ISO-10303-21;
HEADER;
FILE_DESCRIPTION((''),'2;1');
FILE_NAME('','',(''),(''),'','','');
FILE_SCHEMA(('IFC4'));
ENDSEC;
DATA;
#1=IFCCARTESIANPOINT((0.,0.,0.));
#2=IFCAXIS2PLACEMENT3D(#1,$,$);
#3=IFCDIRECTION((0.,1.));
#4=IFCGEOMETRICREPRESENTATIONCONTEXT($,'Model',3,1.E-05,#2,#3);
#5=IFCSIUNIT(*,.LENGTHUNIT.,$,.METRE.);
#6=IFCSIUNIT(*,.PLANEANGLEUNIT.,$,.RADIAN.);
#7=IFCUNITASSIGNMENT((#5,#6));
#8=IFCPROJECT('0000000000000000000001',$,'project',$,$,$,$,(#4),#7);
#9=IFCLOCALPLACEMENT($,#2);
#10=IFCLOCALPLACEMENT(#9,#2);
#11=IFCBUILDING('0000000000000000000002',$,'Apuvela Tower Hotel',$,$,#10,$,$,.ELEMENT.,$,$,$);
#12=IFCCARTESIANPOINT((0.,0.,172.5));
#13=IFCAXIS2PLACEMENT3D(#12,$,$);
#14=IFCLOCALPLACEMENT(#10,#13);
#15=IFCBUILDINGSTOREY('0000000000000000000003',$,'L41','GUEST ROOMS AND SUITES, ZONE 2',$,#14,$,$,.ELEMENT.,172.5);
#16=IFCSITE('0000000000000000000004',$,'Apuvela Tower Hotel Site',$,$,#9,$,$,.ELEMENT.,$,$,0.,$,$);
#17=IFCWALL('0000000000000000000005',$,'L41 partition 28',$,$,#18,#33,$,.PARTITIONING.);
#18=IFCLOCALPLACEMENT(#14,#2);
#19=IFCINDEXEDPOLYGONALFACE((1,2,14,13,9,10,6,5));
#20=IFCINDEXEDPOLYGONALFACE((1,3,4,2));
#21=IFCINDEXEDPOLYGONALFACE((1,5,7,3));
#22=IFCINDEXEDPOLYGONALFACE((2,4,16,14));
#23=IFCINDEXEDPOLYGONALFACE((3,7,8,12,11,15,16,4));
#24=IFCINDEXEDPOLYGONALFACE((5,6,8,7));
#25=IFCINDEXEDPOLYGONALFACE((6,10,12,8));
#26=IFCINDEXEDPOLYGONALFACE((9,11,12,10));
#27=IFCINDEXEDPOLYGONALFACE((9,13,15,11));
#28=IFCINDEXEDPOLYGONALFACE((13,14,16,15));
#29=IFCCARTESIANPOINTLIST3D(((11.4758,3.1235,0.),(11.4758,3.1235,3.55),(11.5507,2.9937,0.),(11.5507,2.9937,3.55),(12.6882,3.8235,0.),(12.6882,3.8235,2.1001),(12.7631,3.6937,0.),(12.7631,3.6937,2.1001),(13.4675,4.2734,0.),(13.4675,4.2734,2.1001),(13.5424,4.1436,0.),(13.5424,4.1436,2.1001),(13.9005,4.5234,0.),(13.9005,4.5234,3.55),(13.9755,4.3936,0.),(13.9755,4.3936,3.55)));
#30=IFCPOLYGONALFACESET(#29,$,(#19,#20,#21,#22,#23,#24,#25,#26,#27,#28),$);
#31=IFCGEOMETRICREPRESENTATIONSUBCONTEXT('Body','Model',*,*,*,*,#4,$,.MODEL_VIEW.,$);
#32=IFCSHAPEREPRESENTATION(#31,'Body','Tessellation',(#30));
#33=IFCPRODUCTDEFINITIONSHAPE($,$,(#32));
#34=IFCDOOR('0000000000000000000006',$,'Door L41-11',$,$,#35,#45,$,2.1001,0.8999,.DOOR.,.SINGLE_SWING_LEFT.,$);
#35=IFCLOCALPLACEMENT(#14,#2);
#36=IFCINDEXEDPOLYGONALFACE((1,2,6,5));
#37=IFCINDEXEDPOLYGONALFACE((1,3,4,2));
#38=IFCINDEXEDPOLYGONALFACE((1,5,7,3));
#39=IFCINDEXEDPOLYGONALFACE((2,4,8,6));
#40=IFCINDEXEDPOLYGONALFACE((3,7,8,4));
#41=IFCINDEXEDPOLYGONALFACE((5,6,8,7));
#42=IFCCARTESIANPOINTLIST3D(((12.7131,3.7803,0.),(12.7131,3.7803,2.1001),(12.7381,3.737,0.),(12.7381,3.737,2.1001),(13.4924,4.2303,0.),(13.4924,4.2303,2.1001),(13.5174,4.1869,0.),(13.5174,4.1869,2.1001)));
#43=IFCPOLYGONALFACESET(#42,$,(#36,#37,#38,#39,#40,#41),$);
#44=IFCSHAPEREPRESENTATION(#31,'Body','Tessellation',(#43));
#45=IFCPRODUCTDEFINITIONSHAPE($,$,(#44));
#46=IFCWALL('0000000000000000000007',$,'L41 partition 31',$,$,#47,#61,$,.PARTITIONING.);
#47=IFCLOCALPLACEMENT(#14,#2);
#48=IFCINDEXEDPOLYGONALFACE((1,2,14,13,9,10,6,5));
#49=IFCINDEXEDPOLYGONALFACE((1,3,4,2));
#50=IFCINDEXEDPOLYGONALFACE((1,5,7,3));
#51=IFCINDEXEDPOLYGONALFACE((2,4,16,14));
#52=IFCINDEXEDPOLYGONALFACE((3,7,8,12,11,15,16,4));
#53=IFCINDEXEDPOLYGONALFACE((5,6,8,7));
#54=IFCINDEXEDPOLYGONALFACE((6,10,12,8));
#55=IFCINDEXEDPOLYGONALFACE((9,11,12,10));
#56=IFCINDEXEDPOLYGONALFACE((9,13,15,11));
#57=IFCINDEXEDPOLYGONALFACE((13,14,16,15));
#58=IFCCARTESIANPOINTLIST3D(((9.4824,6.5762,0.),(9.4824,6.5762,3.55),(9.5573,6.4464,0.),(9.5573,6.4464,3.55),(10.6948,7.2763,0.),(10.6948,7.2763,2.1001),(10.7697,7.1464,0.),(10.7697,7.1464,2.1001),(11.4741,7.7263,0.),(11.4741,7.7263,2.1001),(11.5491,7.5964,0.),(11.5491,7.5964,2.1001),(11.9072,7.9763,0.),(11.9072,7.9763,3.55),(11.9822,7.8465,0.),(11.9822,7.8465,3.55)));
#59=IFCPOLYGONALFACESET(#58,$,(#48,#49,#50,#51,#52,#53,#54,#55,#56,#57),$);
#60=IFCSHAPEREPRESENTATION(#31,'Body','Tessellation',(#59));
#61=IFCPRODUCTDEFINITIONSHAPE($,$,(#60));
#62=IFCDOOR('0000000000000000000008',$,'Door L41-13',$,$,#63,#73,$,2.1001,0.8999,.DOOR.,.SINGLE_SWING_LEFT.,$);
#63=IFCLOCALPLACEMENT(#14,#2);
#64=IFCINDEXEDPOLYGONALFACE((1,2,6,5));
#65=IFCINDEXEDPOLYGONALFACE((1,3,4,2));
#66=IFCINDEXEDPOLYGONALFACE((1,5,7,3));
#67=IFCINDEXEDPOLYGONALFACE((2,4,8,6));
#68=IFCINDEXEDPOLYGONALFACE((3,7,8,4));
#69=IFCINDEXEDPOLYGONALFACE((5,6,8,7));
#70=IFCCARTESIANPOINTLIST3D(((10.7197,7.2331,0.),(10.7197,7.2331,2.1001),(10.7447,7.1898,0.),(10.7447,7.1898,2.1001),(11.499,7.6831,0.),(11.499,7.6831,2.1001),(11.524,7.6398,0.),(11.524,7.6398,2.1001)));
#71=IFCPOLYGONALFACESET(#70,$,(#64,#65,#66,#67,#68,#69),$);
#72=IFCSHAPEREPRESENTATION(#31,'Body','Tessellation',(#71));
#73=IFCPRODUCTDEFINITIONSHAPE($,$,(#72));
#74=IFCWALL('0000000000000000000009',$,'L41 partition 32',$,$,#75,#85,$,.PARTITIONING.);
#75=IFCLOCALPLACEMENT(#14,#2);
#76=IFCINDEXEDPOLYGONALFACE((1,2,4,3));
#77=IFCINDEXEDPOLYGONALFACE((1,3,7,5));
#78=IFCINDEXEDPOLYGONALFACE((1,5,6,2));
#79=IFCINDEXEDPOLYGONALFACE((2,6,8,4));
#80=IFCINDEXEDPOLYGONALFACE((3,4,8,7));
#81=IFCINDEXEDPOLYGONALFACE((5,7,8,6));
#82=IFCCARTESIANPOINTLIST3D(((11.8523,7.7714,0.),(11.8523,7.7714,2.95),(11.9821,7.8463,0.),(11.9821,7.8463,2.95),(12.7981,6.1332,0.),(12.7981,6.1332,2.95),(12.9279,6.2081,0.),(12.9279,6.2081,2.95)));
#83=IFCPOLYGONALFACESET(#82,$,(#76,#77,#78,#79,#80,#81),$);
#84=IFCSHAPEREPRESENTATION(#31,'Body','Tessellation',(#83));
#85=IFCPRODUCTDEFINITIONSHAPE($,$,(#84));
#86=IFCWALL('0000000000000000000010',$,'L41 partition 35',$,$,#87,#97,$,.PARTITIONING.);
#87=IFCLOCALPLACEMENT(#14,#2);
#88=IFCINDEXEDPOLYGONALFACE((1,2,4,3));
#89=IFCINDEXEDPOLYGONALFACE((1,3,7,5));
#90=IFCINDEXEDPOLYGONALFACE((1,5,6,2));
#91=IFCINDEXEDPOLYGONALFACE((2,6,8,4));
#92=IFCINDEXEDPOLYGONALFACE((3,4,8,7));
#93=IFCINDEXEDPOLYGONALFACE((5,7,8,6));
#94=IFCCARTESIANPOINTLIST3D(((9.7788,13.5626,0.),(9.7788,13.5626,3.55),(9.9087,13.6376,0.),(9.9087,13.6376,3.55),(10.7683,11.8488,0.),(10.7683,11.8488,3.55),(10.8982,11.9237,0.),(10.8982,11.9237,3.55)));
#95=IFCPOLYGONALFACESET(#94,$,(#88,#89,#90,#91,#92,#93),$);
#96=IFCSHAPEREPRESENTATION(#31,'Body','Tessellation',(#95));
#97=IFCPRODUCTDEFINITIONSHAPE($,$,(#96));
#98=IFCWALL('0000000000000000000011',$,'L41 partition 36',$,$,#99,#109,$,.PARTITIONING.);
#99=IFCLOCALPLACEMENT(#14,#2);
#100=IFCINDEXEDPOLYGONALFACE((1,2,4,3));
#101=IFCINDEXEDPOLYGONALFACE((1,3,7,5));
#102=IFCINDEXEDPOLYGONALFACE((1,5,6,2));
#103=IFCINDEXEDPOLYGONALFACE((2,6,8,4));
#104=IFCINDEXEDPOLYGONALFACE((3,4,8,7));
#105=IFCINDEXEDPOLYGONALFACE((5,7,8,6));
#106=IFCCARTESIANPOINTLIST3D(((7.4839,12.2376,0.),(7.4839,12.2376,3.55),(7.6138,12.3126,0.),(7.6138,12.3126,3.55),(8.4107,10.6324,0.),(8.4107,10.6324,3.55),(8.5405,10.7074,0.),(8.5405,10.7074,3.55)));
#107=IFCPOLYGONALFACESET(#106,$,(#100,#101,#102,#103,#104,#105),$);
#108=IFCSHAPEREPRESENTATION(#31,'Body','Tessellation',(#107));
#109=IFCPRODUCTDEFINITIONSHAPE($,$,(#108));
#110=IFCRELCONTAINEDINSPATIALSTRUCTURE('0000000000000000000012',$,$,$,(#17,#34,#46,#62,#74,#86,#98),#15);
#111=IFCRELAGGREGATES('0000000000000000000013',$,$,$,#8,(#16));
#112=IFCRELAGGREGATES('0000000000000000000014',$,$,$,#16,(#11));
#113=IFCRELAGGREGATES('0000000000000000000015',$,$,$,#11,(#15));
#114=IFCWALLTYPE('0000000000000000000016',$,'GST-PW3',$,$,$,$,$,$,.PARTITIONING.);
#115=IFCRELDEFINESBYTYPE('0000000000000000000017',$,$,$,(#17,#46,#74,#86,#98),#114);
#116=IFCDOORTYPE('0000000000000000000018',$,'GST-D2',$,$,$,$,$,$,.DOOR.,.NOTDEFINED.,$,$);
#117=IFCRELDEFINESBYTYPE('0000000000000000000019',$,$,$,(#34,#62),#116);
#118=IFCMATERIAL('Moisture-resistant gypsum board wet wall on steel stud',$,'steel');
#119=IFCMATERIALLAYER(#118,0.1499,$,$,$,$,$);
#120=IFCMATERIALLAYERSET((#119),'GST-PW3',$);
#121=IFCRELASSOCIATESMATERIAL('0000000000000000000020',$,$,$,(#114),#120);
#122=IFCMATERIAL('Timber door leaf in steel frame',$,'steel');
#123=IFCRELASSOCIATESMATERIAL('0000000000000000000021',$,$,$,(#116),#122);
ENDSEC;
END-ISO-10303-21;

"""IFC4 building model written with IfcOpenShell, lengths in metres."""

from ifc_helpers import new_model, si_unit, direction, frame, frame_2d, origin, place, context, subcontext, project, spatial, rectangle, extrude, material, layer, layer_set, type_object, element, fill, save


model = new_model("IFC4")

# Units and contexts
model_context = context("Model", 3, precision=1e-05, world=origin(), true_north=direction((0.0, 1.0)))
body_context = subcontext(model_context, "Body", "Model", "MODEL_VIEW")
ifc_project = project(units=[si_unit("LENGTHUNIT", "METRE"), si_unit("PLANEANGLEUNIT", "RADIAN")], contexts=[model_context])

# Site, building, storey
site_placement = place(None, origin())
site = spatial("IfcSite", under=ifc_project, at=site_placement, Name="Apuvela Tower Hotel Site", CompositionType="ELEMENT", RefElevation=0.0)
building_placement = place(site_placement, origin())
building = spatial("IfcBuilding", under=site, at=building_placement, Name="Apuvela Tower Hotel", CompositionType="ELEMENT")
storey_placement = place(building_placement, frame((0.0, 0.0, 172.5)))
storey = spatial("IfcBuildingStorey", under=building, at=storey_placement, Name="L41", Description="GUEST ROOMS AND SUITES, ZONE 2", CompositionType="ELEMENT", Elevation=172.5)

# Walls, openings, doors
ifc_material_1 = material(Name="Timber door leaf in steel frame", Category="steel")
ifc_material_2 = material(Name="Moisture-resistant gypsum board wet wall on steel stud", Category="steel")
ifc_layer_1 = layer(ifc_material_2, 0.1499)
ifc_layer_set_1 = layer_set([ifc_layer_1], Name="GST-PW3")
wall_type_1 = type_object("IfcWallType", Name="GST-PW3", PredefinedType="PARTITIONING", material=ifc_layer_set_1)
door_type_1 = type_object("IfcDoorType", Name="GST-D2", OperationType="NOTDEFINED", PredefinedType="DOOR", material=ifc_material_1)
wall_1_placement = place(storey_placement, frame((13.938, 4.4585, 0.0), z_axis=(0.0, 0.0, 1.0), x_axis=(-0.866035, -0.499984, 0.0)))
wall_1 = element("IfcWall", 1, at=wall_1_placement, inside=storey, type_object=wall_type_1, Name="L41 partition 28", PredefinedType="PARTITIONING", context=body_context, shape_type="SweptSolid", body=[
    extrude(rectangle(XDim=2.7998, YDim=0.1499, at=frame_2d((1.3999, 0.0))), origin(), (0.0, 0.0, 1.0), 3.55),
])
opening_1_placement = place(wall_1_placement, frame((0.5, 0.0, 0.0)))
opening_1 = element("IfcOpeningElement", 2, at=opening_1_placement, cuts=wall_1, PredefinedType="OPENING", context=body_context, shape_type="SweptSolid", body=[
    extrude(rectangle(XDim=0.8999, YDim=2.1001, at=frame_2d((0.45, 1.05))), frame((0.0, 0.085, 0.0), z_axis=(0.0, -1.0, 0.0), x_axis=(1.0, 0.0, 0.0)), (0.0, 0.0, 1.0), 0.1699),
])
door_1_placement = place(opening_1_placement, origin())
door_1 = element("IfcDoor", 3, at=door_1_placement, inside=storey, type_object=door_type_1, Name="Door L41-11", OperationType="SINGLE_SWING_LEFT", OverallHeight=2.1001, OverallWidth=0.8999, PredefinedType="DOOR", context=body_context, shape_type="SweptSolid", body=[
    extrude(rectangle(XDim=0.8999, YDim=2.1001, at=frame_2d((0.45, 1.05))), frame((0.0, 0.0249, 0.0), z_axis=(0.0, -1.0, 0.0), x_axis=(1.0, 0.0, 0.0)), (0.0, 0.0, 1.0), 0.05),
])
fill(opening_1, door_1)
wall_2_placement = place(storey_placement, frame((11.9446, 7.9114, 0.0), z_axis=(0.0, 0.0, 1.0), x_axis=(-0.865997, -0.50005, 0.0)))
wall_2 = element("IfcWall", 4, at=wall_2_placement, inside=storey, type_object=wall_type_1, Name="L41 partition 31", PredefinedType="PARTITIONING", context=body_context, shape_type="SweptSolid", body=[
    extrude(rectangle(XDim=2.8, YDim=0.1499, at=frame_2d((1.3999, 0.0))), origin(), (0.0, 0.0, 1.0), 3.55),
])
opening_2_placement = place(wall_2_placement, frame((0.5, 0.0, 0.0)))
opening_2 = element("IfcOpeningElement", 5, at=opening_2_placement, cuts=wall_2, PredefinedType="OPENING", context=body_context, shape_type="SweptSolid", body=[
    extrude(rectangle(XDim=0.8999, YDim=2.1001, at=frame_2d((0.45, 1.05))), frame((0.0, 0.085, 0.0), z_axis=(0.0, -1.0, 0.0), x_axis=(1.0, 0.0, 0.0)), (0.0, 0.0, 1.0), 0.1699),
])
door_2_placement = place(opening_2_placement, origin())
door_2 = element("IfcDoor", 6, at=door_2_placement, inside=storey, type_object=door_type_1, Name="Door L41-13", OperationType="SINGLE_SWING_LEFT", OverallHeight=2.1001, OverallWidth=0.8999, PredefinedType="DOOR", context=body_context, shape_type="SweptSolid", body=[
    extrude(rectangle(XDim=0.8999, YDim=2.1001, at=frame_2d((0.45, 1.05))), frame((0.0, 0.0249, 0.0), z_axis=(0.0, -1.0, 0.0), x_axis=(1.0, 0.0, 0.0)), (0.0, 0.0, 1.0), 0.05),
])
fill(opening_2, door_2)

# Walls
wall_3_placement = place(storey_placement, frame((12.863, 6.1707, 0.0), z_axis=(0.0, 0.0, 1.0), x_axis=(-0.499998, 0.866027, 0.0)))
element("IfcWall", 7, at=wall_3_placement, inside=storey, type_object=wall_type_1, Name="L41 partition 32", PredefinedType="PARTITIONING", context=body_context, shape_type="SweptSolid", body=[
    extrude(rectangle(XDim=1.8916, YDim=0.1499, at=frame_2d((0.9458, 0.0))), origin(), (0.0, 0.0, 1.0), 2.95),
])
wall_4_placement = place(storey_placement, frame((10.8333, 11.8862, 0.0), z_axis=(0.0, 0.0, 1.0), x_axis=(-0.5, 0.866025, 0.0)))
element("IfcWall", 8, at=wall_4_placement, inside=storey, type_object=wall_type_1, Name="L41 partition 35", PredefinedType="PARTITIONING", context=body_context, shape_type="SweptSolid", body=[
    extrude(rectangle(XDim=1.979, YDim=0.1499, at=frame_2d((0.9895, 0.0))), origin(), (0.0, 0.0, 1.0), 3.55),
])
wall_5_placement = place(storey_placement, frame((8.4756, 10.6699, 0.0), z_axis=(0.0, 0.0, 1.0), x_axis=(-0.499992, 0.86603, 0.0)))
element("IfcWall", 9, at=wall_5_placement, inside=storey, type_object=wall_type_1, Name="L41 partition 36", PredefinedType="PARTITIONING", context=body_context, shape_type="SweptSolid", body=[
    extrude(rectangle(XDim=1.8535, YDim=0.1499, at=frame_2d((0.9268, 0.0))), origin(), (0.0, 0.0, 1.0), 3.55),
])

save(model, "model.ifc")
